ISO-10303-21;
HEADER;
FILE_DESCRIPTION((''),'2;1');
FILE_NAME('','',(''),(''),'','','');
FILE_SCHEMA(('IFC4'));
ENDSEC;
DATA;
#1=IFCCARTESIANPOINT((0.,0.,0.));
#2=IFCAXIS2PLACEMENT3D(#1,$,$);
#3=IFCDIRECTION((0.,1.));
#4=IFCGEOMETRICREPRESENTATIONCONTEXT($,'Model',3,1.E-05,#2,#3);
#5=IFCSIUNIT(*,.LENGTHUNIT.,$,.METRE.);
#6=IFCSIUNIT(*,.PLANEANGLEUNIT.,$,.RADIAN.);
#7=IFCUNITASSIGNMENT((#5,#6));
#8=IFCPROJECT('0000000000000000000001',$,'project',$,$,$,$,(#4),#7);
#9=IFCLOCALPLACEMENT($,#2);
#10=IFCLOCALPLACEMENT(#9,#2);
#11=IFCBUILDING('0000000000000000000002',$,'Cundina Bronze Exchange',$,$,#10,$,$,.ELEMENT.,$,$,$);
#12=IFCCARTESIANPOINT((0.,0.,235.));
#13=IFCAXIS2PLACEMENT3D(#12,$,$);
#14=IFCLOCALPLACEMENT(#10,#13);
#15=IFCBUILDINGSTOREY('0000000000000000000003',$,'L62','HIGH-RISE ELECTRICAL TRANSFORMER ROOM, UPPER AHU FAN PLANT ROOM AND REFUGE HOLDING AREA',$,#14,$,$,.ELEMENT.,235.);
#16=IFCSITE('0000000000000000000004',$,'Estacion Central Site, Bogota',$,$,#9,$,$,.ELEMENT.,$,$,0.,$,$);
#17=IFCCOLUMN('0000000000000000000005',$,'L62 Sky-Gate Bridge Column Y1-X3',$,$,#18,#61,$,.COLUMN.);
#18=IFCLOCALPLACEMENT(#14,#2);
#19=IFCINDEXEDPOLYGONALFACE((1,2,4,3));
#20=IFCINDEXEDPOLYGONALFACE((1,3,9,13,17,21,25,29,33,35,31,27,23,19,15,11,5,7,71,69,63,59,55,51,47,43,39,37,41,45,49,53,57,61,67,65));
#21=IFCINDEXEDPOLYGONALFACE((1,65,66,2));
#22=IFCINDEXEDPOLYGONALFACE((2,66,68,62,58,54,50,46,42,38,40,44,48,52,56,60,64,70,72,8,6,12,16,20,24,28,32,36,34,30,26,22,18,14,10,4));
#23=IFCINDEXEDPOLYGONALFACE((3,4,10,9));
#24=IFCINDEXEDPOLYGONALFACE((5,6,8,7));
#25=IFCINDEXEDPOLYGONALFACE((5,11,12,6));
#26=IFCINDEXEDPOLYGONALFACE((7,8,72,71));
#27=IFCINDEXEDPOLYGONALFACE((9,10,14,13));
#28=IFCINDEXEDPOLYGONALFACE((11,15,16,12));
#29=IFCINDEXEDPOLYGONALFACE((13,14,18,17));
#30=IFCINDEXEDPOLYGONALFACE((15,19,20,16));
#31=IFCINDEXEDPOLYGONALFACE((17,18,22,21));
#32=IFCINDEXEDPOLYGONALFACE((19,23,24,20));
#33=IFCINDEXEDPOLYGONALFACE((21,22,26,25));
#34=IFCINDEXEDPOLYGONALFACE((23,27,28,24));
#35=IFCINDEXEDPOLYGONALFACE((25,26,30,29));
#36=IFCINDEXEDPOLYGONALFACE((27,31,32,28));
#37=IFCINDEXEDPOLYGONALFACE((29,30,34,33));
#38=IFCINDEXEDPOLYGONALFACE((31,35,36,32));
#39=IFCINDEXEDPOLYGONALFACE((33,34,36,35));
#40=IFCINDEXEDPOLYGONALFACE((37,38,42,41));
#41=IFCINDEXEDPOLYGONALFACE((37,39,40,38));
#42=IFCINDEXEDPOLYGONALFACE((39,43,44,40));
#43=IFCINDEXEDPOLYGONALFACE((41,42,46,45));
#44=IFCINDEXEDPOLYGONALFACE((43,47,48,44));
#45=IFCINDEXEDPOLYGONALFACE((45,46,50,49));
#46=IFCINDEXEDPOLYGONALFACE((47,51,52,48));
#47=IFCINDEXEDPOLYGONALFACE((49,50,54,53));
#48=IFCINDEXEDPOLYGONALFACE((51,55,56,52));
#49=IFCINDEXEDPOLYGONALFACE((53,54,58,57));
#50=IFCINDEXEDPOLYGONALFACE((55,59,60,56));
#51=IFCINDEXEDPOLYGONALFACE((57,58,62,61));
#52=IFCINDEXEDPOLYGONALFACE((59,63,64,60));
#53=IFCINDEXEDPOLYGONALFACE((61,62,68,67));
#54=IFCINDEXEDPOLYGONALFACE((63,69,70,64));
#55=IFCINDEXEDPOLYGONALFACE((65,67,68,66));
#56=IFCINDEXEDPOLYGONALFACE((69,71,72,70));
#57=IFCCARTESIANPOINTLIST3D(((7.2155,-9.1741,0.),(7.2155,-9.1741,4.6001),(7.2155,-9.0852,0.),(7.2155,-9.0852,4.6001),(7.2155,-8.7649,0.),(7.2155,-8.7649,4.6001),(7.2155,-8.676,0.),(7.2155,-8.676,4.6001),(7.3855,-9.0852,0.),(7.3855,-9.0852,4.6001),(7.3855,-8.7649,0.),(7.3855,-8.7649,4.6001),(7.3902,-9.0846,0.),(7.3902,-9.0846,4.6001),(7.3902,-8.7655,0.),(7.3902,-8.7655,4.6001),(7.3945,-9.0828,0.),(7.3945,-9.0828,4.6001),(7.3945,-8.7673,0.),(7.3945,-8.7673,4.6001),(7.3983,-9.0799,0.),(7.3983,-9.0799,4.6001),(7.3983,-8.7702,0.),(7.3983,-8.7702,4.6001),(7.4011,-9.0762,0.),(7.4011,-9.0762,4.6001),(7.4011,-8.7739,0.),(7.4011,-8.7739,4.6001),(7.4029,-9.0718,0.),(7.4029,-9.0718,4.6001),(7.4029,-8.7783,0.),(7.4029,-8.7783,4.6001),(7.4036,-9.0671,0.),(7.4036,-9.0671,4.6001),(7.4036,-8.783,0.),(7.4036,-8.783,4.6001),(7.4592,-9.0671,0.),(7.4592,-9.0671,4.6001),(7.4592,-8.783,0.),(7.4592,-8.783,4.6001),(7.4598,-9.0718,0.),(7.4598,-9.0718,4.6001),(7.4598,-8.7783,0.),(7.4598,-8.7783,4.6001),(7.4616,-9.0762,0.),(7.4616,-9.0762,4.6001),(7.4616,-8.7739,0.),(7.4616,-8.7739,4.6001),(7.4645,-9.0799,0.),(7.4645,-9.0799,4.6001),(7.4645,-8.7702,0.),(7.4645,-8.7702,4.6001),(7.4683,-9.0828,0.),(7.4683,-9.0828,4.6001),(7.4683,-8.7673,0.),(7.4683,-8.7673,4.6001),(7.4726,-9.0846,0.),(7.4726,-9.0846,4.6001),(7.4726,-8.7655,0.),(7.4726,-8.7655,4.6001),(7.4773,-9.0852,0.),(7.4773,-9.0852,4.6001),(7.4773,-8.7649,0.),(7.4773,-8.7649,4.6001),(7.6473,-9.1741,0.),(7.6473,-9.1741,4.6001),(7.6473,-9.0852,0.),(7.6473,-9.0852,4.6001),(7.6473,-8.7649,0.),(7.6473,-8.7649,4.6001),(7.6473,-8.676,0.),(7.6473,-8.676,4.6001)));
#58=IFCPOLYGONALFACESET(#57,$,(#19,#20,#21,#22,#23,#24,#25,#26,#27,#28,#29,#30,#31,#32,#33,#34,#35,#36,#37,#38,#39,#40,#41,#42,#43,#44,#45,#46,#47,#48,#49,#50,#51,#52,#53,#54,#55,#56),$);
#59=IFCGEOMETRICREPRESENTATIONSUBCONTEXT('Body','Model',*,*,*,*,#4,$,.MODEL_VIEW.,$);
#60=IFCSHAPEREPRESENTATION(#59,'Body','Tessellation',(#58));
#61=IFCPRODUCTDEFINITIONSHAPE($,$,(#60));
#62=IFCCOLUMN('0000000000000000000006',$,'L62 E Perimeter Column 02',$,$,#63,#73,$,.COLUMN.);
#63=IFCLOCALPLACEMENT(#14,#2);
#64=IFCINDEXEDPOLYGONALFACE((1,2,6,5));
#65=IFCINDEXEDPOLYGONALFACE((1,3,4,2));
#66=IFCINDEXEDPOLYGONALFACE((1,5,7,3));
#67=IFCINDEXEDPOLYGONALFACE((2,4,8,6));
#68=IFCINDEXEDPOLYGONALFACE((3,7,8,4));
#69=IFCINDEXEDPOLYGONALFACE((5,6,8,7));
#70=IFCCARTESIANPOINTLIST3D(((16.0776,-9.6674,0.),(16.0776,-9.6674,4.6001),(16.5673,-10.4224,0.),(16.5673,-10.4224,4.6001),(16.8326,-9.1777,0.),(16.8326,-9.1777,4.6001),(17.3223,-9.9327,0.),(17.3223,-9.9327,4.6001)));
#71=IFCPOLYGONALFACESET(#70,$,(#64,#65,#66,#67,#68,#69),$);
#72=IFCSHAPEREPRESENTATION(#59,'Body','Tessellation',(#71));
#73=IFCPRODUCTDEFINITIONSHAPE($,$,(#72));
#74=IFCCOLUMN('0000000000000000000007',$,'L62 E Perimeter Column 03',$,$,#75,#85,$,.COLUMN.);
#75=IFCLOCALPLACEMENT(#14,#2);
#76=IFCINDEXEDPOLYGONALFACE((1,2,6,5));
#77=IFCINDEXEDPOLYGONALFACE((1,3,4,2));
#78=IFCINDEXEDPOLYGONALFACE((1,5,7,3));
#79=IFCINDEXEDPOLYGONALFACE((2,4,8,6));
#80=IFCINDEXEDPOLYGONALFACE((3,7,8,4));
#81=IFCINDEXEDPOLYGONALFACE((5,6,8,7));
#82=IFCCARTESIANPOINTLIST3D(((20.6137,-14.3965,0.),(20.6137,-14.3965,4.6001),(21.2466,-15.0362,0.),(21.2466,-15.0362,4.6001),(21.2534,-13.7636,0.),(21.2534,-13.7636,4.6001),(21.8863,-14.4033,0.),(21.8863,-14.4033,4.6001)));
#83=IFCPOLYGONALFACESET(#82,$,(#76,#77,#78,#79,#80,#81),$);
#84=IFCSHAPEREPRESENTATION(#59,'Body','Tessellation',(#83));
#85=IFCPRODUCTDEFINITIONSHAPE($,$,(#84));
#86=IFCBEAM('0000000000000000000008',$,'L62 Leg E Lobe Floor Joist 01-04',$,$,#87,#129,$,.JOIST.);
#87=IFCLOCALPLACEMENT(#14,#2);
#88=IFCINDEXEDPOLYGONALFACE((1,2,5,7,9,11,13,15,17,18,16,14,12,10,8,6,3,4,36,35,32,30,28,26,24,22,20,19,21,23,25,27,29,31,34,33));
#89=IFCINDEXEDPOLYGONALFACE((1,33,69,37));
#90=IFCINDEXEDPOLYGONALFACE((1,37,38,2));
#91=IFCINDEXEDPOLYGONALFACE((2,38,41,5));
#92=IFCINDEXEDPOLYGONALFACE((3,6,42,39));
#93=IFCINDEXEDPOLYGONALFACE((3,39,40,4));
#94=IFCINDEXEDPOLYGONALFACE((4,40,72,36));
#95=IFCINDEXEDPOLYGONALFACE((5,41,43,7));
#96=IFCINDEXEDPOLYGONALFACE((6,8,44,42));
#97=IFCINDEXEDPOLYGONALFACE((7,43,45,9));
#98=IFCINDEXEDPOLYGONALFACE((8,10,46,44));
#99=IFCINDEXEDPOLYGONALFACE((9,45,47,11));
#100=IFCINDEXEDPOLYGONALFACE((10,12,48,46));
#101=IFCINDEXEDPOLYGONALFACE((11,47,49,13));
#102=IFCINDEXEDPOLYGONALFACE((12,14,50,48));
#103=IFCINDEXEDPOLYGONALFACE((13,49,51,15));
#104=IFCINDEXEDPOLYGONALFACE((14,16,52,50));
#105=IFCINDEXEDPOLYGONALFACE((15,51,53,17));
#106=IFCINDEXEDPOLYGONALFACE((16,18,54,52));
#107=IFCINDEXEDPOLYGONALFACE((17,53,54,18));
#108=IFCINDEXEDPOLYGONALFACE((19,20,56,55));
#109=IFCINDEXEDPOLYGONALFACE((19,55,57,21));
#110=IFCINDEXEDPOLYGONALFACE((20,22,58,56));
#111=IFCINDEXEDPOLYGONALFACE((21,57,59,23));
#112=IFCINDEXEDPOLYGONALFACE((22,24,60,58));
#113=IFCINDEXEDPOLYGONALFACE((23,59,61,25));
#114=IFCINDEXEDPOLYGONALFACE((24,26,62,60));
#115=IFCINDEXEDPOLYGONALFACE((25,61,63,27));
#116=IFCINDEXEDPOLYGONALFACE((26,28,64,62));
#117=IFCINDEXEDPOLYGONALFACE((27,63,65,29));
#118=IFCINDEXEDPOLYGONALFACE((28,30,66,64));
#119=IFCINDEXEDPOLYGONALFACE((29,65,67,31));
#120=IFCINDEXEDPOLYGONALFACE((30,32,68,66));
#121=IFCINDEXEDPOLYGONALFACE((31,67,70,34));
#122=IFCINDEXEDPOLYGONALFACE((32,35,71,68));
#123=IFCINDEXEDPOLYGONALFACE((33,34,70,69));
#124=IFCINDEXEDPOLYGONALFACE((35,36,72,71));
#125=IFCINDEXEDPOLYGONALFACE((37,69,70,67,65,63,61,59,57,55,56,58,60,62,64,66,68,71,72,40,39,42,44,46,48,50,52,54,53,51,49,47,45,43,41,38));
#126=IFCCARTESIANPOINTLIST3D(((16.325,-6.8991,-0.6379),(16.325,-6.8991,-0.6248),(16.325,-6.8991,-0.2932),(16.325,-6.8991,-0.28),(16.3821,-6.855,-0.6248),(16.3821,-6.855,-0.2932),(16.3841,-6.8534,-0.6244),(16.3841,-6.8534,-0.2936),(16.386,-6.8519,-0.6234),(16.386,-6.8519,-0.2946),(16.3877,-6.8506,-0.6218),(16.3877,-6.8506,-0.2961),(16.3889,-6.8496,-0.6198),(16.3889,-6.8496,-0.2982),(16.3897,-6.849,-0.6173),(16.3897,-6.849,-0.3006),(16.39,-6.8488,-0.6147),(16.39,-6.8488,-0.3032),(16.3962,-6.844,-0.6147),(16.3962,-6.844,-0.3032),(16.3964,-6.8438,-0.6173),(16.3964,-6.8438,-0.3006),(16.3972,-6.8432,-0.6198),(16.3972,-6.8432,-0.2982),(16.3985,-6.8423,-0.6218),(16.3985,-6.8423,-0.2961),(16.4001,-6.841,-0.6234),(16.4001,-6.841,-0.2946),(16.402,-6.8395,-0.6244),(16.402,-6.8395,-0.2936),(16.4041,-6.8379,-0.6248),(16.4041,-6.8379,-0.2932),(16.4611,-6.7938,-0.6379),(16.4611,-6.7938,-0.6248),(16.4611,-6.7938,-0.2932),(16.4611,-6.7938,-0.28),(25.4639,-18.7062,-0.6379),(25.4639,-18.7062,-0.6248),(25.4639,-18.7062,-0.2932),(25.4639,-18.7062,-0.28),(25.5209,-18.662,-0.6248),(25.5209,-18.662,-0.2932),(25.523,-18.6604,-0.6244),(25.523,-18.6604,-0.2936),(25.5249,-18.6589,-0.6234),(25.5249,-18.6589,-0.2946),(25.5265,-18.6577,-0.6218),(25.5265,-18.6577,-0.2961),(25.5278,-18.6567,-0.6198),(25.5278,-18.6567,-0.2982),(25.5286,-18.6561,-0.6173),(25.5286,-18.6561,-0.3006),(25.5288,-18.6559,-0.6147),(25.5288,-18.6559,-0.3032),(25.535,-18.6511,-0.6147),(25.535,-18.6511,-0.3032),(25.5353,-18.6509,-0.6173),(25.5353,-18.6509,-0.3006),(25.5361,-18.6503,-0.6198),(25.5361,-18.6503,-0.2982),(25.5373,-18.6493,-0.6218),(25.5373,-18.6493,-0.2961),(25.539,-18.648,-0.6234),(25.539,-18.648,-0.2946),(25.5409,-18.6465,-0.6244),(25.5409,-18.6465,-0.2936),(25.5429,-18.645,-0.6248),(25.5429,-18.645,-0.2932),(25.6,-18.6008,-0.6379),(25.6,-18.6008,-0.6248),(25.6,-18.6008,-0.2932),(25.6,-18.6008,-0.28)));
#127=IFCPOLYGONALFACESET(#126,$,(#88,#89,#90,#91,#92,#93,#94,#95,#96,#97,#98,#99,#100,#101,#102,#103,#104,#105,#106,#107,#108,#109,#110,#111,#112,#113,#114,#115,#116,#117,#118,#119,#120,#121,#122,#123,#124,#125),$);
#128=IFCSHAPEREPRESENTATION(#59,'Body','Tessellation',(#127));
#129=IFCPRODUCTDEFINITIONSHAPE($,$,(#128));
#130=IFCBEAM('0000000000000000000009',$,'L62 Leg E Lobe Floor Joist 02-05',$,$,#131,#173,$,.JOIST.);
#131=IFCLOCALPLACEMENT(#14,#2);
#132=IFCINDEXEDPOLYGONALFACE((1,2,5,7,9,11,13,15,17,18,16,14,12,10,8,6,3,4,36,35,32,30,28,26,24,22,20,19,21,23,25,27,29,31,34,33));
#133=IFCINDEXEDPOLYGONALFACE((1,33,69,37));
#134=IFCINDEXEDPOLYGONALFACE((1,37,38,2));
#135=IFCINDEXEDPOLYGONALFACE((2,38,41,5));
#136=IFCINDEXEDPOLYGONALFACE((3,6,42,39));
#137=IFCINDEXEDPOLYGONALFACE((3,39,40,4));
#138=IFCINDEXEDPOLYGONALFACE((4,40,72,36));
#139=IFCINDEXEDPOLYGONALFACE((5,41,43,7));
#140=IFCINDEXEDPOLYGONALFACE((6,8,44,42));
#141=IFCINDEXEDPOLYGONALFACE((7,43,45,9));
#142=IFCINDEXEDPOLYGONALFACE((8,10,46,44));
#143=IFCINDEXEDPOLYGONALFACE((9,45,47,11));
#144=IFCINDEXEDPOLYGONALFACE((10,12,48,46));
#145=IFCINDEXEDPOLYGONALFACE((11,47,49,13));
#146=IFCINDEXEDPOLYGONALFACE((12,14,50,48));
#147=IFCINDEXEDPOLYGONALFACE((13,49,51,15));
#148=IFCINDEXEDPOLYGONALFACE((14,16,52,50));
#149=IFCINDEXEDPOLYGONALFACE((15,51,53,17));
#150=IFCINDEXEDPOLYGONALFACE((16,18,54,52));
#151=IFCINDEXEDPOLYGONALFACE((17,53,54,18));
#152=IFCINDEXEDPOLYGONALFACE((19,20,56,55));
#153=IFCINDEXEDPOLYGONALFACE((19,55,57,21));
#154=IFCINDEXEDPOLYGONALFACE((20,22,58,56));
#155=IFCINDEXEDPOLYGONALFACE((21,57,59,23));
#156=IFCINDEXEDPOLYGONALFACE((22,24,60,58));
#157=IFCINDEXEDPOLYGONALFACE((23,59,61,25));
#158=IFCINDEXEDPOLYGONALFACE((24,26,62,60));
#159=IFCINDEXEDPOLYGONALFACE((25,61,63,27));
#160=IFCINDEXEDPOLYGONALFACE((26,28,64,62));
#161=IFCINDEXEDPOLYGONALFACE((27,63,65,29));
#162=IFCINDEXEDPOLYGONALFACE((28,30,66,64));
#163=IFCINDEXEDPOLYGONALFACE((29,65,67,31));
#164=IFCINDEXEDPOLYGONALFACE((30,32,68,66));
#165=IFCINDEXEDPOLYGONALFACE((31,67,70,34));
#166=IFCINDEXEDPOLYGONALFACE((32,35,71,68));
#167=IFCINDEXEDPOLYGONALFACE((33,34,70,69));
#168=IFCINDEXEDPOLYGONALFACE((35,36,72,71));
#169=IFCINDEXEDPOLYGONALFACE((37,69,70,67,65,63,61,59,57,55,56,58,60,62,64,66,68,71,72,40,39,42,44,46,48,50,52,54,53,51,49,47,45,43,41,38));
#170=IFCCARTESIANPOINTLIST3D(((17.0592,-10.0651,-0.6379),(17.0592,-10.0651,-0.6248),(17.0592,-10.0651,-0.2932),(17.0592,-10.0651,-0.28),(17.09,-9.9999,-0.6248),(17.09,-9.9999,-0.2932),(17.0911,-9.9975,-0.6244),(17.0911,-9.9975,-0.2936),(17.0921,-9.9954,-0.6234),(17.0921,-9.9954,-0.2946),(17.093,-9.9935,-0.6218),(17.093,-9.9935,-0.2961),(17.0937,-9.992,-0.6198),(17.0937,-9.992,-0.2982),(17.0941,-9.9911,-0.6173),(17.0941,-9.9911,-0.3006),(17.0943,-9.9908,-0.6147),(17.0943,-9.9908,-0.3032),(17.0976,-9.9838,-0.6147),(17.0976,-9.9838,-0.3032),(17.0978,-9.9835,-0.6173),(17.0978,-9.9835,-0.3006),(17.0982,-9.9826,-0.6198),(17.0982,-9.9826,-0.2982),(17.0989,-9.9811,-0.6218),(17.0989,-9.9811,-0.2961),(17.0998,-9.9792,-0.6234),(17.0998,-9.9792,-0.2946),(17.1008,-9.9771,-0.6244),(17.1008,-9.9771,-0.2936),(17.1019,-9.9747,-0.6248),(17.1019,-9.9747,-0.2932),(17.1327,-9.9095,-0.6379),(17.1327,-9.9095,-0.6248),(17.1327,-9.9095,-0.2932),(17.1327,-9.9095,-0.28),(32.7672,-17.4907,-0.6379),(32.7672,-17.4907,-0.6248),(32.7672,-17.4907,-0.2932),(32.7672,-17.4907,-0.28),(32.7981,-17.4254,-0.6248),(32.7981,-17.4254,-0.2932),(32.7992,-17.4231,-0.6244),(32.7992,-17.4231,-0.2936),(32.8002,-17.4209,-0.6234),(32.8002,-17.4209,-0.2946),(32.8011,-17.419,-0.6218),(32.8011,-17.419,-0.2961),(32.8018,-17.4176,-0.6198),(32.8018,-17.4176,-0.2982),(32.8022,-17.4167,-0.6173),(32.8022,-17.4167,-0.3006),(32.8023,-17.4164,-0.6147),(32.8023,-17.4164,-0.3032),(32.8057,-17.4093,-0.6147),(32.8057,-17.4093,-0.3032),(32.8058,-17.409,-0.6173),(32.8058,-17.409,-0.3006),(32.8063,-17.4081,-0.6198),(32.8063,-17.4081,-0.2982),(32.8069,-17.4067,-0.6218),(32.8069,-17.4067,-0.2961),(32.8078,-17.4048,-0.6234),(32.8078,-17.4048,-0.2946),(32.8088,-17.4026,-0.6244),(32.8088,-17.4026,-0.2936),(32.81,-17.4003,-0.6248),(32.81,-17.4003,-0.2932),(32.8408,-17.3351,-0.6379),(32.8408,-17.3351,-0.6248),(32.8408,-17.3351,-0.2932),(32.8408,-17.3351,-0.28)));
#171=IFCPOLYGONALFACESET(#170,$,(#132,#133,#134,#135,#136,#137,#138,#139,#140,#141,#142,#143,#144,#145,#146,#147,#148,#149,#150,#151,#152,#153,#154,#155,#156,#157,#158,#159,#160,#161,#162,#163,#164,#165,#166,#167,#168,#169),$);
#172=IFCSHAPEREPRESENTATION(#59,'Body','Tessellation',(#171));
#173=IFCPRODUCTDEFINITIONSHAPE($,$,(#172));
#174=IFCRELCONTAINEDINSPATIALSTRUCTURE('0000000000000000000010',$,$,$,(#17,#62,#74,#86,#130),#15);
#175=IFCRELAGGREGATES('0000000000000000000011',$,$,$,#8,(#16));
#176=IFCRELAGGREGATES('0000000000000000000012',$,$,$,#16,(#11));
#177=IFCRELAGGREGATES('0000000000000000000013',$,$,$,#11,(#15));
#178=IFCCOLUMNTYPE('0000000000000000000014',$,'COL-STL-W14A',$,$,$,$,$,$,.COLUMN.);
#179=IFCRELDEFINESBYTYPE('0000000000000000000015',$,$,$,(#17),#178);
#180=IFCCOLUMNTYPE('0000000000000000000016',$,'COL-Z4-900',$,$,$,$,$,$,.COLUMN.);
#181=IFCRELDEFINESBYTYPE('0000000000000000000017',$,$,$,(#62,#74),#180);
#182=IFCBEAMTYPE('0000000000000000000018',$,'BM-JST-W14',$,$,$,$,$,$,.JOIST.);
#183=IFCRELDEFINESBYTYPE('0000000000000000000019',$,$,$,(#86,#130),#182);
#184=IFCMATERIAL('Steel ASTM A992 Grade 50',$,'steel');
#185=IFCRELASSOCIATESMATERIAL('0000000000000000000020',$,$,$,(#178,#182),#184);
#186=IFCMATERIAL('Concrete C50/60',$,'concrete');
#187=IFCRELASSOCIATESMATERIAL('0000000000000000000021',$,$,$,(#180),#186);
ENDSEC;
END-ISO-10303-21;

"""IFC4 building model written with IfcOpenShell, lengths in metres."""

from ifc_helpers import new_model, si_unit, direction, frame, origin, origin_2d, place, context, subcontext, project, spatial, rectangle, i_section, extrude, material, material_profile, profile_set, type_object, element, save


model = new_model("IFC4")

# Units and contexts
model_context = context("Model", 3, precision=1e-05, world=origin(), true_north=direction((0.0, 1.0)))
body_context = subcontext(model_context, "Body", "Model", "MODEL_VIEW")
ifc_project = project(units=[si_unit("LENGTHUNIT", "METRE"), si_unit("PLANEANGLEUNIT", "RADIAN")], contexts=[model_context])

# Site, building, storey
site_placement = place(None, origin())
site = spatial("IfcSite", under=ifc_project, at=site_placement, Name="Estacion Central Site, Bogota", CompositionType="ELEMENT", RefElevation=0.0)
building_placement = place(site_placement, origin())
building = spatial("IfcBuilding", under=site, at=building_placement, Name="Cundina Bronze Exchange", CompositionType="ELEMENT")
storey_placement = place(building_placement, frame((0.0, 0.0, 235.0)))
storey = spatial("IfcBuildingStorey", under=building, at=storey_placement, Name="L62", Description="HIGH-RISE ELECTRICAL TRANSFORMER ROOM, UPPER AHU FAN PLANT ROOM AND REFUGE HOLDING AREA", CompositionType="ELEMENT", Elevation=235.0)

# Columns
ifc_material_1 = material(Name="Steel ASTM A992 Grade 50", Category="steel")
ifc_material_profile_1 = material_profile(ifc_material_1, i_section(OverallWidth=0.4319, OverallDepth=0.498, WebThickness=0.0557, FlangeThickness=0.0889, FilletRadius=0.0181, at=origin_2d()), Name="W14X500", Category="steel")
ifc_profile_set_1 = profile_set([ifc_material_profile_1], Name="Steel ASTM A992 Grade 50")
column_type_1 = type_object("IfcColumnType", Name="COL-STL-W14A", PredefinedType="COLUMN", material=ifc_profile_set_1)
column_placement = place(storey_placement, frame((7.4314, -8.925, 0.0), z_axis=(0.0, 0.0, 1.0), x_axis=(1.0, 0.0, 0.0)))
element("IfcColumn", 1, at=column_placement, inside=storey, type_object=column_type_1, Name="L62 Sky-Gate Bridge Column Y1-X3", PredefinedType="COLUMN", context=body_context, shape_type="SweptSolid", body=[
    extrude(i_section(OverallWidth=0.4319, OverallDepth=0.498, WebThickness=0.0557, FlangeThickness=0.0889, FilletRadius=0.0181, at=origin_2d()), origin(), (0.0, 0.0, 1.0), 4.6001),
])
ifc_material_2 = material(Name="Concrete C50/60", Category="concrete")
ifc_material_profile_2 = material_profile(ifc_material_2, rectangle(XDim=0.8999, YDim=0.8999, at=origin_2d()), Name="RC900X900", Category="concrete")
ifc_profile_set_2 = profile_set([ifc_material_profile_2], Name="Concrete C50/60")
column_type_2 = type_object("IfcColumnType", Name="COL-Z4-900", PredefinedType="COLUMN", material=ifc_profile_set_2)
for number, where, z_axis, x_axis, name in (
    (2, (16.7, -9.8, 0.0), (0.0, 0.0, 1.0), (0.5442, -0.838956, 0.0), "L62 E Perimeter Column 02"),
    (3, (21.25, -14.3999, 0.0), (0.0, 0.0, 1.0), (0.703271, -0.710922, 0.0), "L62 E Perimeter Column 03"),
):
    element("IfcColumn", number, at=place(storey_placement, frame(where, z_axis=z_axis, x_axis=x_axis)), inside=storey, type_object=column_type_2, Name=name, PredefinedType="COLUMN", context=body_context, shape_type="SweptSolid", body=[
        extrude(rectangle(XDim=0.8999, YDim=0.8999, at=origin_2d()), origin(), (0.0, 0.0, 1.0), 4.6001),
    ])

# Beams
ifc_material_profile_3 = material_profile(ifc_material_1, i_section(OverallWidth=0.1721, OverallDepth=0.3579, WebThickness=0.0078, FlangeThickness=0.0132, FilletRadius=0.01, at=origin_2d()), Name="W14X38", Category="steel")
ifc_profile_set_3 = profile_set([ifc_material_profile_3], Name="Steel ASTM A992 Grade 50")
beam_type_1 = type_object("IfcBeamType", Name="BM-JST-W14", PredefinedType="JOIST", material=ifc_profile_set_3)
beam_1_placement = place(storey_placement, frame((16.3931, -6.8464, -0.459), z_axis=(0.612086, -0.790791, 0.0), x_axis=(0.790791, 0.612086, 0.0)))
element("IfcBeam", 4, at=beam_1_placement, inside=storey, type_object=beam_type_1, Name="L62 Leg E Lobe Floor Joist 01-04", PredefinedType="JOIST", context=body_context, shape_type="SweptSolid", body=[
    extrude(i_section(OverallWidth=0.1721, OverallDepth=0.3579, WebThickness=0.0078, FlangeThickness=0.0132, FilletRadius=0.01, at=origin_2d()), origin(), (0.0, 0.0, 1.0), 14.9307),
])
beam_2_placement = place(storey_placement, frame((17.0959, -9.9873, -0.459), z_axis=(0.904074, -0.427376, 0.0), x_axis=(0.427376, 0.904074, 0.0)))
element("IfcBeam", 5, at=beam_2_placement, inside=storey, type_object=beam_type_1, Name="L62 Leg E Lobe Floor Joist 02-05", PredefinedType="JOIST", context=body_context, shape_type="SweptSolid", body=[
    extrude(i_section(OverallWidth=0.1721, OverallDepth=0.3579, WebThickness=0.0078, FlangeThickness=0.0132, FilletRadius=0.01, at=origin_2d()), origin(), (0.0, 0.0, 1.0), 17.3748),
])

save(model, "model.ifc")
